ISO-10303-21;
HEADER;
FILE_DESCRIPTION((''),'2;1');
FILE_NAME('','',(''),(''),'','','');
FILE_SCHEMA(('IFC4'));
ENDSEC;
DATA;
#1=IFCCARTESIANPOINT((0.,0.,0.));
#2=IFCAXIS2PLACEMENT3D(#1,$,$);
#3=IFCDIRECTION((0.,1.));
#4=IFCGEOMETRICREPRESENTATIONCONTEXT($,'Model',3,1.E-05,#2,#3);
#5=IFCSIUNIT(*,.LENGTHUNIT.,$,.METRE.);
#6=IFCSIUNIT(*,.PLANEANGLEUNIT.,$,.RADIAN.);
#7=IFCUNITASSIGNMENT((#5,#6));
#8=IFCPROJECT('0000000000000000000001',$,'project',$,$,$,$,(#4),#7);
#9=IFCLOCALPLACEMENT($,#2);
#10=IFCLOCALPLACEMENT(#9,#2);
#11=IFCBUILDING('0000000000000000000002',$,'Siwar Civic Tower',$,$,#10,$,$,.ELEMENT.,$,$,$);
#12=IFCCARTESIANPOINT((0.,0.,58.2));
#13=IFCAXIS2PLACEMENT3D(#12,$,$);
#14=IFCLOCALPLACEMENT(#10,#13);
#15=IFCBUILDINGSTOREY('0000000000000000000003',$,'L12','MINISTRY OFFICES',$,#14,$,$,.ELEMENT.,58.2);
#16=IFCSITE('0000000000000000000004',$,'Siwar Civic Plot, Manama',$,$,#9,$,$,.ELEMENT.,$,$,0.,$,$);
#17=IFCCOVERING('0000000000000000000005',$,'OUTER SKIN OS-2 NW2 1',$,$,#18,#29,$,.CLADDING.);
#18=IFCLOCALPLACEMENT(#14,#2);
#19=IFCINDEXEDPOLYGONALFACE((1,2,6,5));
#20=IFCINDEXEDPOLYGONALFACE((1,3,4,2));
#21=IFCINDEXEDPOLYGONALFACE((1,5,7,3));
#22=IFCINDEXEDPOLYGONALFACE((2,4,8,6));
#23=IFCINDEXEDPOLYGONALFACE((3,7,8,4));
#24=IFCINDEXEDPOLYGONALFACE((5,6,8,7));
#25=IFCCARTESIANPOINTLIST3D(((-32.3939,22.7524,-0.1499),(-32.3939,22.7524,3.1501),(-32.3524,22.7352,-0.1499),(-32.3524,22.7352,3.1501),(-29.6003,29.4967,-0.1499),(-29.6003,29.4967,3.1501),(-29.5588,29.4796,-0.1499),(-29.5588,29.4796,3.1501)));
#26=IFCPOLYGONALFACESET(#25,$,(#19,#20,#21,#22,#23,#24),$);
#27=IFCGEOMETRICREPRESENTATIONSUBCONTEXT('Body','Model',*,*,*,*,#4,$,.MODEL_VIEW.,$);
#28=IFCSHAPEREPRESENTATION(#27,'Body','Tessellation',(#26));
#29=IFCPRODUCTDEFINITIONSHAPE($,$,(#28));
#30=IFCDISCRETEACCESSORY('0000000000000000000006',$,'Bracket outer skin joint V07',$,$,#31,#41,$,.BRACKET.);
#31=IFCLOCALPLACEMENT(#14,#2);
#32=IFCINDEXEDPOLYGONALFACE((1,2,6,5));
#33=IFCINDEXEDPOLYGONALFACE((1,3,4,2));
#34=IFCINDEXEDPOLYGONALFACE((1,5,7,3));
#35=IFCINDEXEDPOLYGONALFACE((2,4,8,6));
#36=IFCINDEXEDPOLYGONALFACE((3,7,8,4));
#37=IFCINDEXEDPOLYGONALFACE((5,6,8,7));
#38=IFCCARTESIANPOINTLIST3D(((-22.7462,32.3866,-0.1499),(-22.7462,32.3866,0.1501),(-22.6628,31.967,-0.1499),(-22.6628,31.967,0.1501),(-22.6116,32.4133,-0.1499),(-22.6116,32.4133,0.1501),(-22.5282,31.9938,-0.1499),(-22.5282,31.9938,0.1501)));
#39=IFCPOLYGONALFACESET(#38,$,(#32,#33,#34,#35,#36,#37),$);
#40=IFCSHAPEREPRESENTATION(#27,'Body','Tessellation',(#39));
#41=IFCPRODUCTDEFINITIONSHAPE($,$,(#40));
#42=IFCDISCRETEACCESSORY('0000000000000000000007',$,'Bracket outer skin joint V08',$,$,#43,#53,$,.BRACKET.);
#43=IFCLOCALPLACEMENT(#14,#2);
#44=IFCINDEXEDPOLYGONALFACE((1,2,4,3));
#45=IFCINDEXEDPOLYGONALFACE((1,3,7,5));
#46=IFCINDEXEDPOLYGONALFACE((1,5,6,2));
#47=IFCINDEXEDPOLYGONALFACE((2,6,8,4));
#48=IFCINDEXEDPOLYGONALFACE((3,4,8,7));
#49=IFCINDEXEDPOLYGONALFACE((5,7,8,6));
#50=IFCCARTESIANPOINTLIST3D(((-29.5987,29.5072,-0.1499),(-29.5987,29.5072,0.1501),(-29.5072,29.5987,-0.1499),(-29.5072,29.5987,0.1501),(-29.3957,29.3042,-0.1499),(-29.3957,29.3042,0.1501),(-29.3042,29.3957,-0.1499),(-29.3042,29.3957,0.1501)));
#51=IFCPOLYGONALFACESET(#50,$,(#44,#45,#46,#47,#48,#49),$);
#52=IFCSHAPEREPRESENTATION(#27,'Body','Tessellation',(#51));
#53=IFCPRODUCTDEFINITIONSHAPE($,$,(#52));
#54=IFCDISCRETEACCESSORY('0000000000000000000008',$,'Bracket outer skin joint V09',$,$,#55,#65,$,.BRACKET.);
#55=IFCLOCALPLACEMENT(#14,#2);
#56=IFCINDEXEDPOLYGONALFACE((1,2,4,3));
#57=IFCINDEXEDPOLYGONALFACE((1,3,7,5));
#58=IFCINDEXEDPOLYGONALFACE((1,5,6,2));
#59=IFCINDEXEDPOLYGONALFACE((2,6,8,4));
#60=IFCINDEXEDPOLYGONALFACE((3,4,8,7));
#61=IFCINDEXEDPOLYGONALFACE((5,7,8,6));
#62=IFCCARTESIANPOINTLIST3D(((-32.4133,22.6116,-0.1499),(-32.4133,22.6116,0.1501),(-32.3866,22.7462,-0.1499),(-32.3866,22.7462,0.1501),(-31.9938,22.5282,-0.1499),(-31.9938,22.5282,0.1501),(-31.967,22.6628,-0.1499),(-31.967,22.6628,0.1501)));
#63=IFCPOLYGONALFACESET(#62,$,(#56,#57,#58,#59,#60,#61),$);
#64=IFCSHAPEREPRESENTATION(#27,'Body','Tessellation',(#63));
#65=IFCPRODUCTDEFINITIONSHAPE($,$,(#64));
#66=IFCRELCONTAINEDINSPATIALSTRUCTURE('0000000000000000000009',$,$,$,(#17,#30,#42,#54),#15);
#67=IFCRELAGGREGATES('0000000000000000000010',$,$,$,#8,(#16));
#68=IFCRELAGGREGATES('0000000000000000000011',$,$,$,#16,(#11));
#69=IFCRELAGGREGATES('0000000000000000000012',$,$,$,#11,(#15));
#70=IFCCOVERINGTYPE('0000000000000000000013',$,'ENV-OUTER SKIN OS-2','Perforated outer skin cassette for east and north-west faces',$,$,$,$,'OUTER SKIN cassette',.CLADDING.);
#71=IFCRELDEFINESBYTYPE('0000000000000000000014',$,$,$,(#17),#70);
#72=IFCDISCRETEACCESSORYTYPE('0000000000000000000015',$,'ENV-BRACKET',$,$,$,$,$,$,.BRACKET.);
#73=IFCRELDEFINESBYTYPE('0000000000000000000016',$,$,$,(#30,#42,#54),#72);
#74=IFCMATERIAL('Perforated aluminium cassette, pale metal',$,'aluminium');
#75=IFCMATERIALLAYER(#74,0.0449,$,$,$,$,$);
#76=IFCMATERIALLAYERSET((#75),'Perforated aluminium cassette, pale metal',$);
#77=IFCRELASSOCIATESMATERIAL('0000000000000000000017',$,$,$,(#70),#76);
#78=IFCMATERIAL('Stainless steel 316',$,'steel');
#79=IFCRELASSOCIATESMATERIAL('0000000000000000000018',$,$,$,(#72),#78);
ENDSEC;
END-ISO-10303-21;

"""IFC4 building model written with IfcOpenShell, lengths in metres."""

from ifc_helpers import new_model, si_unit, direction, frame, origin, origin_2d, place, context, subcontext, project, spatial, rectangle, extrude, material, layer, layer_set, type_object, element, save


model = new_model("IFC4")

# Units and contexts
model_context = context("Model", 3, precision=1e-05, world=origin(), true_north=direction((0.0, 1.0)))
body_context = subcontext(model_context, "Body", "Model", "MODEL_VIEW")
ifc_project = project(units=[si_unit("LENGTHUNIT", "METRE"), si_unit("PLANEANGLEUNIT", "RADIAN")], contexts=[model_context])

# Site, building, storey
site_placement = place(None, origin())
site = spatial("IfcSite", under=ifc_project, at=site_placement, Name="Siwar Civic Plot, Manama", CompositionType="ELEMENT", RefElevation=0.0)
building_placement = place(site_placement, origin())
building = spatial("IfcBuilding", under=site, at=building_placement, Name="Siwar Civic Tower", CompositionType="ELEMENT")
storey_placement = place(building_placement, frame((0.0, 0.0, 58.2)))
storey = spatial("IfcBuildingStorey", under=building, at=storey_placement, Name="L12", Description="MINISTRY OFFICES", CompositionType="ELEMENT", Elevation=58.2)

# Covering
ifc_material_1 = material(Name="Perforated aluminium cassette, pale metal", Category="aluminium")
ifc_layer_1 = layer(ifc_material_1, 0.0449)
ifc_layer_set_1 = layer_set([ifc_layer_1], Name="Perforated aluminium cassette, pale metal")
covering_type_1 = type_object("IfcCoveringType", Name="ENV-OUTER SKIN OS-2", Description="Perforated outer skin cassette for east and north-west faces", ElementType="OUTER SKIN cassette", PredefinedType="CLADDING", material=ifc_layer_set_1)
covering_1_placement = place(storey_placement, frame((-30.9763, 26.116, -0.1499), z_axis=(0.0, 0.0, 1.0), x_axis=(-0.382683, -0.92388, 0.0)))
element("IfcCovering", 1, at=covering_1_placement, inside=storey, type_object=covering_type_1, Name="OUTER SKIN OS-2 NW2 1", PredefinedType="CLADDING", context=body_context, shape_type="SweptSolid", body=[
    extrude(rectangle(XDim=7.3, YDim=0.0449, at=origin_2d()), origin(), (0.0, 0.0, 1.0), 3.3),
])

# Discrete accessories
ifc_material_2 = material(Name="Stainless steel 316", Category="steel")
discrete_accessory_type = type_object("IfcDiscreteAccessoryType", Name="ENV-BRACKET", PredefinedType="BRACKET", material=ifc_material_2)
discrete_accessory_1_placement = place(storey_placement, frame((-22.6372, 32.1902, -0.1499), z_axis=(0.0, 0.0, 1.0), x_axis=(-0.19509, 0.980785, 0.0)))
element("IfcDiscreteAccessory", 2, at=discrete_accessory_1_placement, inside=storey, type_object=discrete_accessory_type, Name="Bracket outer skin joint V07", PredefinedType="BRACKET", context=body_context, shape_type="SweptSolid", body=[
    extrude(rectangle(XDim=0.4277, YDim=0.1372, at=origin_2d()), origin(), (0.0, 0.0, 1.0), 0.3),
])
discrete_accessory_2_placement = place(storey_placement, frame((-29.4514, 29.4514, -0.1499), z_axis=(0.0, 0.0, 1.0), x_axis=(-0.707107, 0.707107, 0.0)))
element("IfcDiscreteAccessory", 3, at=discrete_accessory_2_placement, inside=storey, type_object=discrete_accessory_type, Name="Bracket outer skin joint V08", PredefinedType="BRACKET", context=body_context, shape_type="SweptSolid", body=[
    extrude(rectangle(XDim=0.2871, YDim=0.1294, at=origin_2d()), origin(), (0.0, 0.0, 1.0), 0.3),
])
discrete_accessory_3_placement = place(storey_placement, frame((-32.1902, 22.6372, -0.1499), z_axis=(0.0, 0.0, 1.0), x_axis=(-0.980785, 0.19509, 0.0)))
element("IfcDiscreteAccessory", 4, at=discrete_accessory_3_placement, inside=storey, type_object=discrete_accessory_type, Name="Bracket outer skin joint V09", PredefinedType="BRACKET", context=body_context, shape_type="SweptSolid", body=[
    extrude(rectangle(XDim=0.4277, YDim=0.1372, at=origin_2d()), origin(), (0.0, 0.0, 1.0), 0.3),
])

save(model, "model.ifc")
